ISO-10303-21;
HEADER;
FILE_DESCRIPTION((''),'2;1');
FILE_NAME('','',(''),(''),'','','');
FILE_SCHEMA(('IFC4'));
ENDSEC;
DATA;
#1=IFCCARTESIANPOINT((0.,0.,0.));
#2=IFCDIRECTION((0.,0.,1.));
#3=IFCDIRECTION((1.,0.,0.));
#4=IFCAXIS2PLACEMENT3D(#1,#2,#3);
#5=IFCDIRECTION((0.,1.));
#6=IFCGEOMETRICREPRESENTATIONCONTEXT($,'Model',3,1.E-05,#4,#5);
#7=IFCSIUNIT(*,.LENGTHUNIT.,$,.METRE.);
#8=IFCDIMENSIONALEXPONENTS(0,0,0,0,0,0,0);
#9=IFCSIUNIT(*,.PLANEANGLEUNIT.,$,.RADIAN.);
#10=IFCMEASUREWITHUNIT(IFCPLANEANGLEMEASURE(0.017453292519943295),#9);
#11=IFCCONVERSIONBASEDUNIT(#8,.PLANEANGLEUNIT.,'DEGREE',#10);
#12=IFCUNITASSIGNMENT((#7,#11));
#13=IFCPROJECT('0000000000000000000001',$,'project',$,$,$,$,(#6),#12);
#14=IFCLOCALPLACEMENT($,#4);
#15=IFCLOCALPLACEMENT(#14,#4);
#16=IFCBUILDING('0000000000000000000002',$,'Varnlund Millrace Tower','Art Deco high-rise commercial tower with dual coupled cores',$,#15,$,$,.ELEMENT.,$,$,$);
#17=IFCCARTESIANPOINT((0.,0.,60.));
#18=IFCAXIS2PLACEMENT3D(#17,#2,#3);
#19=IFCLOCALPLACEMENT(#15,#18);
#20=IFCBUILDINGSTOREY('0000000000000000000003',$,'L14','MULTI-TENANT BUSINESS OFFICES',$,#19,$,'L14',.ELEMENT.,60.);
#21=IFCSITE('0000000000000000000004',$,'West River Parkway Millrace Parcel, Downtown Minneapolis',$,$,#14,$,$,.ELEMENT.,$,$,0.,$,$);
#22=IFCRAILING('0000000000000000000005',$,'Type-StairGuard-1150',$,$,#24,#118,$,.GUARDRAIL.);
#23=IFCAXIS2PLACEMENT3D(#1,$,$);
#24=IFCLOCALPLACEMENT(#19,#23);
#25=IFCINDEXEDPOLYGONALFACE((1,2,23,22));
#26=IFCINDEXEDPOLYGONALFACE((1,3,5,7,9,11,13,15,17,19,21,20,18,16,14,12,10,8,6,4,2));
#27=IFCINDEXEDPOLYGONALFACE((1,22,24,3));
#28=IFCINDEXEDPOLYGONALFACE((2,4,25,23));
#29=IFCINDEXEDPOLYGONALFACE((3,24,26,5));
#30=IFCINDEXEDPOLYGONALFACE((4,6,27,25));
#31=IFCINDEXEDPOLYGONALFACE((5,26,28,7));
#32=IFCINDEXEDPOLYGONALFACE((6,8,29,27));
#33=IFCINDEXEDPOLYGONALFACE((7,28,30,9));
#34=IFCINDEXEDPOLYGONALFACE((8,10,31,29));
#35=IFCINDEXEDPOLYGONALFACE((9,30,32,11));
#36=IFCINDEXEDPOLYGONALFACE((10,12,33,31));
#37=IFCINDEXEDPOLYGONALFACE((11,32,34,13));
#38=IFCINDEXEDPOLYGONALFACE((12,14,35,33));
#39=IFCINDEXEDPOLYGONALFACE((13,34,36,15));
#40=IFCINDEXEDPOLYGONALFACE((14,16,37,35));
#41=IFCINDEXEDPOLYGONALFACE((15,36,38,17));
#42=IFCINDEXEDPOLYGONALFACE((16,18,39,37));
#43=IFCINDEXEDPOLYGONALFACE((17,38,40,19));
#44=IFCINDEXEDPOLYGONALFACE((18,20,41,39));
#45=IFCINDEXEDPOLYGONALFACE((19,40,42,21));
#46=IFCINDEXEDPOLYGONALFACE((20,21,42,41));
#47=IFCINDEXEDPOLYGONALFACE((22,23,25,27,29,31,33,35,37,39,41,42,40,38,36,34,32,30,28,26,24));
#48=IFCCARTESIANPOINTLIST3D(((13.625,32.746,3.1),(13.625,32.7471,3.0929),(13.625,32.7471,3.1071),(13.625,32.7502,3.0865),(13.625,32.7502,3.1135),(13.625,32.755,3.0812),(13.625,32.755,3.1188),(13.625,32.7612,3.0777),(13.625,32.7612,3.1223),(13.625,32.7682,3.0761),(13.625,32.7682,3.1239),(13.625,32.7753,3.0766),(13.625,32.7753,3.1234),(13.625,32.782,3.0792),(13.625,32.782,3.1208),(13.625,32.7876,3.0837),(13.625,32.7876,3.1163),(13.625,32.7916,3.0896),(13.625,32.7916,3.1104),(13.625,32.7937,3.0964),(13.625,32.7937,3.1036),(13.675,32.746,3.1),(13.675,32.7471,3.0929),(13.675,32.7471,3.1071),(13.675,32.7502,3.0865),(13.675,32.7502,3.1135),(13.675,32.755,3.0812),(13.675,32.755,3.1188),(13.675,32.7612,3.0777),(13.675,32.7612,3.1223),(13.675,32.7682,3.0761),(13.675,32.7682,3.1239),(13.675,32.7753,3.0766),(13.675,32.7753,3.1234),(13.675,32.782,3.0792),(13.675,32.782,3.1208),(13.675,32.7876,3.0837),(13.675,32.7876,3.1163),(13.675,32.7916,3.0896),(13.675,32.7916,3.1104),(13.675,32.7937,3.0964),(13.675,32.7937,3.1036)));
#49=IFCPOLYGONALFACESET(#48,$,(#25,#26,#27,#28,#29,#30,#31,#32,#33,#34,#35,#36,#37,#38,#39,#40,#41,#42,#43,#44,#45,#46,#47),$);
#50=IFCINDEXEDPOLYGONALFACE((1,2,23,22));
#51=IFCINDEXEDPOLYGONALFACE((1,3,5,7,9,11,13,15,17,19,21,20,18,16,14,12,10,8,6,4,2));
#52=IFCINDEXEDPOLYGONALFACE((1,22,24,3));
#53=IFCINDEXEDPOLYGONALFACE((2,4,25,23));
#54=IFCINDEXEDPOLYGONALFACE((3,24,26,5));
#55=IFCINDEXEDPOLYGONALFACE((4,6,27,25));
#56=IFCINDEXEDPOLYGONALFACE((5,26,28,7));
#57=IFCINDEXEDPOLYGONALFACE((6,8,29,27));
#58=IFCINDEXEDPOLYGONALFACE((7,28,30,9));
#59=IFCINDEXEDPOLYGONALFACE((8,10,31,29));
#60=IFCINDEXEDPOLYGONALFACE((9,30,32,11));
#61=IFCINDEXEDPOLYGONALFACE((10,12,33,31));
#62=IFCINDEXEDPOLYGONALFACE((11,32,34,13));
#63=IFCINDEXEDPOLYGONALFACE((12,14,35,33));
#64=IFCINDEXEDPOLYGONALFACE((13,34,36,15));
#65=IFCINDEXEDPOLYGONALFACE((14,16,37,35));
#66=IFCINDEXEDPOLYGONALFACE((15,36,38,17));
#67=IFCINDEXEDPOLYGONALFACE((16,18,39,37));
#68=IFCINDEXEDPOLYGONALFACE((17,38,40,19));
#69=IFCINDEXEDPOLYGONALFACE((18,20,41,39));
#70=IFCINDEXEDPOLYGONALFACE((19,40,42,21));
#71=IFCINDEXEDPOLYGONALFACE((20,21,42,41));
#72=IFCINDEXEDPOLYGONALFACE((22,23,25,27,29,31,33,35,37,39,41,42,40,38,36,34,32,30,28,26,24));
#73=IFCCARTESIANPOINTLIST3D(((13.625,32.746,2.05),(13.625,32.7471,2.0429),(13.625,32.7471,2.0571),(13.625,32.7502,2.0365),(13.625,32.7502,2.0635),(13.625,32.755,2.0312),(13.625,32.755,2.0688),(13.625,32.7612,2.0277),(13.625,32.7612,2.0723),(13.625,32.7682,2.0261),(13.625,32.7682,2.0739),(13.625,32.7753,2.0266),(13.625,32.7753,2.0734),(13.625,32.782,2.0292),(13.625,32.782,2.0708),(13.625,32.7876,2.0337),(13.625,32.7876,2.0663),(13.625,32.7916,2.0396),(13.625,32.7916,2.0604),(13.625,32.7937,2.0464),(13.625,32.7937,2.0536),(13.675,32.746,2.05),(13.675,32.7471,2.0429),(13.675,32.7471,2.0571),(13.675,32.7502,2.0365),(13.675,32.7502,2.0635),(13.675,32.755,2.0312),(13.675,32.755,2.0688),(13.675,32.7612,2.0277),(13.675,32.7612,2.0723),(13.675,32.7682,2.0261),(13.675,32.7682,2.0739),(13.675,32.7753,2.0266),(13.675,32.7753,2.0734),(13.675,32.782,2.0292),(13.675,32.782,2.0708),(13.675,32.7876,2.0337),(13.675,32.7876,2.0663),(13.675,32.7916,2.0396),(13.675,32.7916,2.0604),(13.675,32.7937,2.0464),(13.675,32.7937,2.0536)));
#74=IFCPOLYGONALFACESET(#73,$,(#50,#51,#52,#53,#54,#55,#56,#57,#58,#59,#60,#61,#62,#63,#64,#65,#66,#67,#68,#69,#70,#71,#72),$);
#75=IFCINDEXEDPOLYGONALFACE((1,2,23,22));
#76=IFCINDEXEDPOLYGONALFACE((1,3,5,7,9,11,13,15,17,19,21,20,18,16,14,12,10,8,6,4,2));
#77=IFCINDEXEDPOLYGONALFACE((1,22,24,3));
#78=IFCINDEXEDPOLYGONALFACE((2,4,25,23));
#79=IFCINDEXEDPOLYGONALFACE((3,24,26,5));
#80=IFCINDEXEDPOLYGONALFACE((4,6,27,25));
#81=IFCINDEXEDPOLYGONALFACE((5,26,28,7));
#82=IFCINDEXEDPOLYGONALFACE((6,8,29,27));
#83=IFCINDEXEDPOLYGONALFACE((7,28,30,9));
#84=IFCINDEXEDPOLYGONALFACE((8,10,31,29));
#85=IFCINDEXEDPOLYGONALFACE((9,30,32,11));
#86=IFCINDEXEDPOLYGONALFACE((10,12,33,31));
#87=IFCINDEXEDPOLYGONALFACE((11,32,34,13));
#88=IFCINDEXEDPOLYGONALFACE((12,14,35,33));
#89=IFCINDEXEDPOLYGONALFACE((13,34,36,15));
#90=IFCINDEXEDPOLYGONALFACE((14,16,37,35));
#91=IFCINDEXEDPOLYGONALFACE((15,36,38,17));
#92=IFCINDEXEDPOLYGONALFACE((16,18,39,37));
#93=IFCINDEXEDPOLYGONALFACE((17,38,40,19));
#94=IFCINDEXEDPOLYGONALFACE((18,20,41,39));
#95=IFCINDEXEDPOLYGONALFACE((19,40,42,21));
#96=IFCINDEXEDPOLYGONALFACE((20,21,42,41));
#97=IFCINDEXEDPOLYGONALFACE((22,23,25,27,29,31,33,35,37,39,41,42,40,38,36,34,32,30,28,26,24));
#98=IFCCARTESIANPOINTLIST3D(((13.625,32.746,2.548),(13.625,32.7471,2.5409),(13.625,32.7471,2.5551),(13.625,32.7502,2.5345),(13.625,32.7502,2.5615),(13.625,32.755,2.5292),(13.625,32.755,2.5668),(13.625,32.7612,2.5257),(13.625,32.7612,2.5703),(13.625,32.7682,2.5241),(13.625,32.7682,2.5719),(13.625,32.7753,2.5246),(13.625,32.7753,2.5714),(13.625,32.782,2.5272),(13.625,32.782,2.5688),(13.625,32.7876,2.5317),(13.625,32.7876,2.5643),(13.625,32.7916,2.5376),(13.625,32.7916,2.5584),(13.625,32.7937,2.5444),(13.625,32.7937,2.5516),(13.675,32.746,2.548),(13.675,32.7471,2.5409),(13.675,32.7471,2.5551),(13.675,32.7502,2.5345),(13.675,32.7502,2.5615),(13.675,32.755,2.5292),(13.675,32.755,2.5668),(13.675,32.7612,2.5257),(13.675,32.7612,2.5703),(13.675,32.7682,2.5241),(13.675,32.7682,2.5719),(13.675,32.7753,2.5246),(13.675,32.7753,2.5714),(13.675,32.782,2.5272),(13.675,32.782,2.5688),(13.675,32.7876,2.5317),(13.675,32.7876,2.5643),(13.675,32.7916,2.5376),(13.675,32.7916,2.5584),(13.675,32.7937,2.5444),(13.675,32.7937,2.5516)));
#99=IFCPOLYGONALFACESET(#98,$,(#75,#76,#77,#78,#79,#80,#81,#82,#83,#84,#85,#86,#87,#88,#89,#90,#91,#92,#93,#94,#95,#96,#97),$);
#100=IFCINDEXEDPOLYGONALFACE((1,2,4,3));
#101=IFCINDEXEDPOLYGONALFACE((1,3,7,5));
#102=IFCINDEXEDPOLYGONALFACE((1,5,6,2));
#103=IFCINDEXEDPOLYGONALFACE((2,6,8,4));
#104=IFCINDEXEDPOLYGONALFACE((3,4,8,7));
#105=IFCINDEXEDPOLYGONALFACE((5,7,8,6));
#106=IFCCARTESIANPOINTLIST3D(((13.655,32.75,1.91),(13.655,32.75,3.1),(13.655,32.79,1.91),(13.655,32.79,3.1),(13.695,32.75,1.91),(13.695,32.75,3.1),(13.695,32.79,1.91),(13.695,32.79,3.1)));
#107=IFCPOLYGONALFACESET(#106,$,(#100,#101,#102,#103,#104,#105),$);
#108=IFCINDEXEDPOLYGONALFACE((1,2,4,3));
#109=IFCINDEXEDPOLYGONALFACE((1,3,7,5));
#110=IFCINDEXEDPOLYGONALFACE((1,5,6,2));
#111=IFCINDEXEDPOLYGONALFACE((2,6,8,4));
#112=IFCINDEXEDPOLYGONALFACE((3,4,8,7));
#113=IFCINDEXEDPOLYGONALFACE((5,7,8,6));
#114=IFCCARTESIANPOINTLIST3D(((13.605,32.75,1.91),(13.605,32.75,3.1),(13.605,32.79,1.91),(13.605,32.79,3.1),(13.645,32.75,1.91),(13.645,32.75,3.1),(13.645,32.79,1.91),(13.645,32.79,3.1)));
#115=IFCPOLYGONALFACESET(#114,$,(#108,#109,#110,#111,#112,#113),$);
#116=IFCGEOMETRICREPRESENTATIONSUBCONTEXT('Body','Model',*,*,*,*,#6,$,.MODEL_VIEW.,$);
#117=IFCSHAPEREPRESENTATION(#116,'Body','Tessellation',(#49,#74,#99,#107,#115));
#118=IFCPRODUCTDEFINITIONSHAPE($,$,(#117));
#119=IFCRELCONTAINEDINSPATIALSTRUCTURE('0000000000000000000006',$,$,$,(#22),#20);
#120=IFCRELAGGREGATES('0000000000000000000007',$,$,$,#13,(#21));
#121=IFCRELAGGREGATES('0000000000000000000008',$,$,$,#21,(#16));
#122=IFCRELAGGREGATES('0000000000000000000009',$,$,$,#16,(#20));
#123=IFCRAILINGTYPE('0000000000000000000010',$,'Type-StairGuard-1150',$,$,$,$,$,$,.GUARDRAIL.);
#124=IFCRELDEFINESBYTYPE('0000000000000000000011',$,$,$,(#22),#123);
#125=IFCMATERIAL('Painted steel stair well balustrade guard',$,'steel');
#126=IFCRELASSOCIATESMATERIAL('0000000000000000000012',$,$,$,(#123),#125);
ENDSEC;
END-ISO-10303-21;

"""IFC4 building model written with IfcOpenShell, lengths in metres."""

from ifc_helpers import new_model, entity, si_unit, converted_unit, direction, frame, origin_with_axes, origin_2d_with_axis, place, context, subcontext, project, spatial, rectangle, circle, extrude, material, type_object, element, save


model = new_model("IFC4")

# Units and contexts
model_context = context("Model", 3, precision=1e-05, world=origin_with_axes(), true_north=direction((0.0, 1.0)))
body_context = subcontext(model_context, "Body", "Model", "MODEL_VIEW")
ifc_project = project(units=[si_unit("LENGTHUNIT", "METRE"), converted_unit("PLANEANGLEUNIT", "DEGREE", entity("IfcPlaneAngleMeasure", 0.017453292519943295), si_unit("PLANEANGLEUNIT", "RADIAN"), dimensions=[0, 0, 0, 0, 0, 0, 0])], contexts=[model_context])

# Site, building, storey
site_placement = place(None, origin_with_axes())
site = spatial("IfcSite", under=ifc_project, at=site_placement, Name="West River Parkway Millrace Parcel, Downtown Minneapolis", CompositionType="ELEMENT", RefElevation=0.0)
building_placement = place(site_placement, origin_with_axes())
building = spatial("IfcBuilding", under=site, at=building_placement, Name="Varnlund Millrace Tower", Description="Art Deco high-rise commercial tower with dual coupled cores", CompositionType="ELEMENT")
storey_placement = place(building_placement, frame((0.0, 0.0, 60.0), z_axis=(0.0, 0.0, 1.0), x_axis=(1.0, 0.0, 0.0)))
storey = spatial("IfcBuildingStorey", under=building, at=storey_placement, Name="L14", Description="MULTI-TENANT BUSINESS OFFICES", LongName="L14", CompositionType="ELEMENT", Elevation=60.0)

# Railing
ifc_material_1 = material(Name="Painted steel stair well balustrade guard", Category="steel")
railing_type_1 = type_object("IfcRailingType", Name="Type-StairGuard-1150", PredefinedType="GUARDRAIL", material=ifc_material_1)
railing_1_placement = place(storey_placement, frame((0.0, 0.0, -60.0), z_axis=(0.0, 0.0, 1.0), x_axis=(1.0, 0.0, 0.0)))
element("IfcRailing", 1, at=railing_1_placement, inside=storey, type_object=railing_type_1, Name="Type-StairGuard-1150", PredefinedType="GUARDRAIL", context=body_context, shape_type="SweptSolid", body=[
    extrude(circle(Radius=0.024, at=origin_2d_with_axis()), frame((13.675, 32.77, 63.1), z_axis=(-1.0, 0.0, 0.0), x_axis=(0.0, -1.0, 0.0)), (0.0, 0.0, 1.0), 0.05),
    extrude(circle(Radius=0.024, at=origin_2d_with_axis()), frame((13.675, 32.77, 62.05), z_axis=(-1.0, 0.0, 0.0), x_axis=(0.0, -1.0, 0.0)), (0.0, 0.0, 1.0), 0.05),
    extrude(circle(Radius=0.024, at=origin_2d_with_axis()), frame((13.675, 32.77, 62.548), z_axis=(-1.0, 0.0, 0.0), x_axis=(0.0, -1.0, 0.0)), (0.0, 0.0, 1.0), 0.05),
    extrude(rectangle(XDim=0.04, YDim=0.04, at=origin_2d_with_axis()), frame((13.675, 32.77, 61.91), z_axis=(0.0, 0.0, 1.0), x_axis=(1.0, 0.0, 0.0)), (0.0, 0.0, 1.0), 1.19),
    extrude(rectangle(XDim=0.04, YDim=0.04, at=origin_2d_with_axis()), frame((13.625, 32.77, 61.91), z_axis=(0.0, 0.0, 1.0), x_axis=(1.0, 0.0, 0.0)), (0.0, 0.0, 1.0), 1.19),
])

save(model, "model.ifc")
